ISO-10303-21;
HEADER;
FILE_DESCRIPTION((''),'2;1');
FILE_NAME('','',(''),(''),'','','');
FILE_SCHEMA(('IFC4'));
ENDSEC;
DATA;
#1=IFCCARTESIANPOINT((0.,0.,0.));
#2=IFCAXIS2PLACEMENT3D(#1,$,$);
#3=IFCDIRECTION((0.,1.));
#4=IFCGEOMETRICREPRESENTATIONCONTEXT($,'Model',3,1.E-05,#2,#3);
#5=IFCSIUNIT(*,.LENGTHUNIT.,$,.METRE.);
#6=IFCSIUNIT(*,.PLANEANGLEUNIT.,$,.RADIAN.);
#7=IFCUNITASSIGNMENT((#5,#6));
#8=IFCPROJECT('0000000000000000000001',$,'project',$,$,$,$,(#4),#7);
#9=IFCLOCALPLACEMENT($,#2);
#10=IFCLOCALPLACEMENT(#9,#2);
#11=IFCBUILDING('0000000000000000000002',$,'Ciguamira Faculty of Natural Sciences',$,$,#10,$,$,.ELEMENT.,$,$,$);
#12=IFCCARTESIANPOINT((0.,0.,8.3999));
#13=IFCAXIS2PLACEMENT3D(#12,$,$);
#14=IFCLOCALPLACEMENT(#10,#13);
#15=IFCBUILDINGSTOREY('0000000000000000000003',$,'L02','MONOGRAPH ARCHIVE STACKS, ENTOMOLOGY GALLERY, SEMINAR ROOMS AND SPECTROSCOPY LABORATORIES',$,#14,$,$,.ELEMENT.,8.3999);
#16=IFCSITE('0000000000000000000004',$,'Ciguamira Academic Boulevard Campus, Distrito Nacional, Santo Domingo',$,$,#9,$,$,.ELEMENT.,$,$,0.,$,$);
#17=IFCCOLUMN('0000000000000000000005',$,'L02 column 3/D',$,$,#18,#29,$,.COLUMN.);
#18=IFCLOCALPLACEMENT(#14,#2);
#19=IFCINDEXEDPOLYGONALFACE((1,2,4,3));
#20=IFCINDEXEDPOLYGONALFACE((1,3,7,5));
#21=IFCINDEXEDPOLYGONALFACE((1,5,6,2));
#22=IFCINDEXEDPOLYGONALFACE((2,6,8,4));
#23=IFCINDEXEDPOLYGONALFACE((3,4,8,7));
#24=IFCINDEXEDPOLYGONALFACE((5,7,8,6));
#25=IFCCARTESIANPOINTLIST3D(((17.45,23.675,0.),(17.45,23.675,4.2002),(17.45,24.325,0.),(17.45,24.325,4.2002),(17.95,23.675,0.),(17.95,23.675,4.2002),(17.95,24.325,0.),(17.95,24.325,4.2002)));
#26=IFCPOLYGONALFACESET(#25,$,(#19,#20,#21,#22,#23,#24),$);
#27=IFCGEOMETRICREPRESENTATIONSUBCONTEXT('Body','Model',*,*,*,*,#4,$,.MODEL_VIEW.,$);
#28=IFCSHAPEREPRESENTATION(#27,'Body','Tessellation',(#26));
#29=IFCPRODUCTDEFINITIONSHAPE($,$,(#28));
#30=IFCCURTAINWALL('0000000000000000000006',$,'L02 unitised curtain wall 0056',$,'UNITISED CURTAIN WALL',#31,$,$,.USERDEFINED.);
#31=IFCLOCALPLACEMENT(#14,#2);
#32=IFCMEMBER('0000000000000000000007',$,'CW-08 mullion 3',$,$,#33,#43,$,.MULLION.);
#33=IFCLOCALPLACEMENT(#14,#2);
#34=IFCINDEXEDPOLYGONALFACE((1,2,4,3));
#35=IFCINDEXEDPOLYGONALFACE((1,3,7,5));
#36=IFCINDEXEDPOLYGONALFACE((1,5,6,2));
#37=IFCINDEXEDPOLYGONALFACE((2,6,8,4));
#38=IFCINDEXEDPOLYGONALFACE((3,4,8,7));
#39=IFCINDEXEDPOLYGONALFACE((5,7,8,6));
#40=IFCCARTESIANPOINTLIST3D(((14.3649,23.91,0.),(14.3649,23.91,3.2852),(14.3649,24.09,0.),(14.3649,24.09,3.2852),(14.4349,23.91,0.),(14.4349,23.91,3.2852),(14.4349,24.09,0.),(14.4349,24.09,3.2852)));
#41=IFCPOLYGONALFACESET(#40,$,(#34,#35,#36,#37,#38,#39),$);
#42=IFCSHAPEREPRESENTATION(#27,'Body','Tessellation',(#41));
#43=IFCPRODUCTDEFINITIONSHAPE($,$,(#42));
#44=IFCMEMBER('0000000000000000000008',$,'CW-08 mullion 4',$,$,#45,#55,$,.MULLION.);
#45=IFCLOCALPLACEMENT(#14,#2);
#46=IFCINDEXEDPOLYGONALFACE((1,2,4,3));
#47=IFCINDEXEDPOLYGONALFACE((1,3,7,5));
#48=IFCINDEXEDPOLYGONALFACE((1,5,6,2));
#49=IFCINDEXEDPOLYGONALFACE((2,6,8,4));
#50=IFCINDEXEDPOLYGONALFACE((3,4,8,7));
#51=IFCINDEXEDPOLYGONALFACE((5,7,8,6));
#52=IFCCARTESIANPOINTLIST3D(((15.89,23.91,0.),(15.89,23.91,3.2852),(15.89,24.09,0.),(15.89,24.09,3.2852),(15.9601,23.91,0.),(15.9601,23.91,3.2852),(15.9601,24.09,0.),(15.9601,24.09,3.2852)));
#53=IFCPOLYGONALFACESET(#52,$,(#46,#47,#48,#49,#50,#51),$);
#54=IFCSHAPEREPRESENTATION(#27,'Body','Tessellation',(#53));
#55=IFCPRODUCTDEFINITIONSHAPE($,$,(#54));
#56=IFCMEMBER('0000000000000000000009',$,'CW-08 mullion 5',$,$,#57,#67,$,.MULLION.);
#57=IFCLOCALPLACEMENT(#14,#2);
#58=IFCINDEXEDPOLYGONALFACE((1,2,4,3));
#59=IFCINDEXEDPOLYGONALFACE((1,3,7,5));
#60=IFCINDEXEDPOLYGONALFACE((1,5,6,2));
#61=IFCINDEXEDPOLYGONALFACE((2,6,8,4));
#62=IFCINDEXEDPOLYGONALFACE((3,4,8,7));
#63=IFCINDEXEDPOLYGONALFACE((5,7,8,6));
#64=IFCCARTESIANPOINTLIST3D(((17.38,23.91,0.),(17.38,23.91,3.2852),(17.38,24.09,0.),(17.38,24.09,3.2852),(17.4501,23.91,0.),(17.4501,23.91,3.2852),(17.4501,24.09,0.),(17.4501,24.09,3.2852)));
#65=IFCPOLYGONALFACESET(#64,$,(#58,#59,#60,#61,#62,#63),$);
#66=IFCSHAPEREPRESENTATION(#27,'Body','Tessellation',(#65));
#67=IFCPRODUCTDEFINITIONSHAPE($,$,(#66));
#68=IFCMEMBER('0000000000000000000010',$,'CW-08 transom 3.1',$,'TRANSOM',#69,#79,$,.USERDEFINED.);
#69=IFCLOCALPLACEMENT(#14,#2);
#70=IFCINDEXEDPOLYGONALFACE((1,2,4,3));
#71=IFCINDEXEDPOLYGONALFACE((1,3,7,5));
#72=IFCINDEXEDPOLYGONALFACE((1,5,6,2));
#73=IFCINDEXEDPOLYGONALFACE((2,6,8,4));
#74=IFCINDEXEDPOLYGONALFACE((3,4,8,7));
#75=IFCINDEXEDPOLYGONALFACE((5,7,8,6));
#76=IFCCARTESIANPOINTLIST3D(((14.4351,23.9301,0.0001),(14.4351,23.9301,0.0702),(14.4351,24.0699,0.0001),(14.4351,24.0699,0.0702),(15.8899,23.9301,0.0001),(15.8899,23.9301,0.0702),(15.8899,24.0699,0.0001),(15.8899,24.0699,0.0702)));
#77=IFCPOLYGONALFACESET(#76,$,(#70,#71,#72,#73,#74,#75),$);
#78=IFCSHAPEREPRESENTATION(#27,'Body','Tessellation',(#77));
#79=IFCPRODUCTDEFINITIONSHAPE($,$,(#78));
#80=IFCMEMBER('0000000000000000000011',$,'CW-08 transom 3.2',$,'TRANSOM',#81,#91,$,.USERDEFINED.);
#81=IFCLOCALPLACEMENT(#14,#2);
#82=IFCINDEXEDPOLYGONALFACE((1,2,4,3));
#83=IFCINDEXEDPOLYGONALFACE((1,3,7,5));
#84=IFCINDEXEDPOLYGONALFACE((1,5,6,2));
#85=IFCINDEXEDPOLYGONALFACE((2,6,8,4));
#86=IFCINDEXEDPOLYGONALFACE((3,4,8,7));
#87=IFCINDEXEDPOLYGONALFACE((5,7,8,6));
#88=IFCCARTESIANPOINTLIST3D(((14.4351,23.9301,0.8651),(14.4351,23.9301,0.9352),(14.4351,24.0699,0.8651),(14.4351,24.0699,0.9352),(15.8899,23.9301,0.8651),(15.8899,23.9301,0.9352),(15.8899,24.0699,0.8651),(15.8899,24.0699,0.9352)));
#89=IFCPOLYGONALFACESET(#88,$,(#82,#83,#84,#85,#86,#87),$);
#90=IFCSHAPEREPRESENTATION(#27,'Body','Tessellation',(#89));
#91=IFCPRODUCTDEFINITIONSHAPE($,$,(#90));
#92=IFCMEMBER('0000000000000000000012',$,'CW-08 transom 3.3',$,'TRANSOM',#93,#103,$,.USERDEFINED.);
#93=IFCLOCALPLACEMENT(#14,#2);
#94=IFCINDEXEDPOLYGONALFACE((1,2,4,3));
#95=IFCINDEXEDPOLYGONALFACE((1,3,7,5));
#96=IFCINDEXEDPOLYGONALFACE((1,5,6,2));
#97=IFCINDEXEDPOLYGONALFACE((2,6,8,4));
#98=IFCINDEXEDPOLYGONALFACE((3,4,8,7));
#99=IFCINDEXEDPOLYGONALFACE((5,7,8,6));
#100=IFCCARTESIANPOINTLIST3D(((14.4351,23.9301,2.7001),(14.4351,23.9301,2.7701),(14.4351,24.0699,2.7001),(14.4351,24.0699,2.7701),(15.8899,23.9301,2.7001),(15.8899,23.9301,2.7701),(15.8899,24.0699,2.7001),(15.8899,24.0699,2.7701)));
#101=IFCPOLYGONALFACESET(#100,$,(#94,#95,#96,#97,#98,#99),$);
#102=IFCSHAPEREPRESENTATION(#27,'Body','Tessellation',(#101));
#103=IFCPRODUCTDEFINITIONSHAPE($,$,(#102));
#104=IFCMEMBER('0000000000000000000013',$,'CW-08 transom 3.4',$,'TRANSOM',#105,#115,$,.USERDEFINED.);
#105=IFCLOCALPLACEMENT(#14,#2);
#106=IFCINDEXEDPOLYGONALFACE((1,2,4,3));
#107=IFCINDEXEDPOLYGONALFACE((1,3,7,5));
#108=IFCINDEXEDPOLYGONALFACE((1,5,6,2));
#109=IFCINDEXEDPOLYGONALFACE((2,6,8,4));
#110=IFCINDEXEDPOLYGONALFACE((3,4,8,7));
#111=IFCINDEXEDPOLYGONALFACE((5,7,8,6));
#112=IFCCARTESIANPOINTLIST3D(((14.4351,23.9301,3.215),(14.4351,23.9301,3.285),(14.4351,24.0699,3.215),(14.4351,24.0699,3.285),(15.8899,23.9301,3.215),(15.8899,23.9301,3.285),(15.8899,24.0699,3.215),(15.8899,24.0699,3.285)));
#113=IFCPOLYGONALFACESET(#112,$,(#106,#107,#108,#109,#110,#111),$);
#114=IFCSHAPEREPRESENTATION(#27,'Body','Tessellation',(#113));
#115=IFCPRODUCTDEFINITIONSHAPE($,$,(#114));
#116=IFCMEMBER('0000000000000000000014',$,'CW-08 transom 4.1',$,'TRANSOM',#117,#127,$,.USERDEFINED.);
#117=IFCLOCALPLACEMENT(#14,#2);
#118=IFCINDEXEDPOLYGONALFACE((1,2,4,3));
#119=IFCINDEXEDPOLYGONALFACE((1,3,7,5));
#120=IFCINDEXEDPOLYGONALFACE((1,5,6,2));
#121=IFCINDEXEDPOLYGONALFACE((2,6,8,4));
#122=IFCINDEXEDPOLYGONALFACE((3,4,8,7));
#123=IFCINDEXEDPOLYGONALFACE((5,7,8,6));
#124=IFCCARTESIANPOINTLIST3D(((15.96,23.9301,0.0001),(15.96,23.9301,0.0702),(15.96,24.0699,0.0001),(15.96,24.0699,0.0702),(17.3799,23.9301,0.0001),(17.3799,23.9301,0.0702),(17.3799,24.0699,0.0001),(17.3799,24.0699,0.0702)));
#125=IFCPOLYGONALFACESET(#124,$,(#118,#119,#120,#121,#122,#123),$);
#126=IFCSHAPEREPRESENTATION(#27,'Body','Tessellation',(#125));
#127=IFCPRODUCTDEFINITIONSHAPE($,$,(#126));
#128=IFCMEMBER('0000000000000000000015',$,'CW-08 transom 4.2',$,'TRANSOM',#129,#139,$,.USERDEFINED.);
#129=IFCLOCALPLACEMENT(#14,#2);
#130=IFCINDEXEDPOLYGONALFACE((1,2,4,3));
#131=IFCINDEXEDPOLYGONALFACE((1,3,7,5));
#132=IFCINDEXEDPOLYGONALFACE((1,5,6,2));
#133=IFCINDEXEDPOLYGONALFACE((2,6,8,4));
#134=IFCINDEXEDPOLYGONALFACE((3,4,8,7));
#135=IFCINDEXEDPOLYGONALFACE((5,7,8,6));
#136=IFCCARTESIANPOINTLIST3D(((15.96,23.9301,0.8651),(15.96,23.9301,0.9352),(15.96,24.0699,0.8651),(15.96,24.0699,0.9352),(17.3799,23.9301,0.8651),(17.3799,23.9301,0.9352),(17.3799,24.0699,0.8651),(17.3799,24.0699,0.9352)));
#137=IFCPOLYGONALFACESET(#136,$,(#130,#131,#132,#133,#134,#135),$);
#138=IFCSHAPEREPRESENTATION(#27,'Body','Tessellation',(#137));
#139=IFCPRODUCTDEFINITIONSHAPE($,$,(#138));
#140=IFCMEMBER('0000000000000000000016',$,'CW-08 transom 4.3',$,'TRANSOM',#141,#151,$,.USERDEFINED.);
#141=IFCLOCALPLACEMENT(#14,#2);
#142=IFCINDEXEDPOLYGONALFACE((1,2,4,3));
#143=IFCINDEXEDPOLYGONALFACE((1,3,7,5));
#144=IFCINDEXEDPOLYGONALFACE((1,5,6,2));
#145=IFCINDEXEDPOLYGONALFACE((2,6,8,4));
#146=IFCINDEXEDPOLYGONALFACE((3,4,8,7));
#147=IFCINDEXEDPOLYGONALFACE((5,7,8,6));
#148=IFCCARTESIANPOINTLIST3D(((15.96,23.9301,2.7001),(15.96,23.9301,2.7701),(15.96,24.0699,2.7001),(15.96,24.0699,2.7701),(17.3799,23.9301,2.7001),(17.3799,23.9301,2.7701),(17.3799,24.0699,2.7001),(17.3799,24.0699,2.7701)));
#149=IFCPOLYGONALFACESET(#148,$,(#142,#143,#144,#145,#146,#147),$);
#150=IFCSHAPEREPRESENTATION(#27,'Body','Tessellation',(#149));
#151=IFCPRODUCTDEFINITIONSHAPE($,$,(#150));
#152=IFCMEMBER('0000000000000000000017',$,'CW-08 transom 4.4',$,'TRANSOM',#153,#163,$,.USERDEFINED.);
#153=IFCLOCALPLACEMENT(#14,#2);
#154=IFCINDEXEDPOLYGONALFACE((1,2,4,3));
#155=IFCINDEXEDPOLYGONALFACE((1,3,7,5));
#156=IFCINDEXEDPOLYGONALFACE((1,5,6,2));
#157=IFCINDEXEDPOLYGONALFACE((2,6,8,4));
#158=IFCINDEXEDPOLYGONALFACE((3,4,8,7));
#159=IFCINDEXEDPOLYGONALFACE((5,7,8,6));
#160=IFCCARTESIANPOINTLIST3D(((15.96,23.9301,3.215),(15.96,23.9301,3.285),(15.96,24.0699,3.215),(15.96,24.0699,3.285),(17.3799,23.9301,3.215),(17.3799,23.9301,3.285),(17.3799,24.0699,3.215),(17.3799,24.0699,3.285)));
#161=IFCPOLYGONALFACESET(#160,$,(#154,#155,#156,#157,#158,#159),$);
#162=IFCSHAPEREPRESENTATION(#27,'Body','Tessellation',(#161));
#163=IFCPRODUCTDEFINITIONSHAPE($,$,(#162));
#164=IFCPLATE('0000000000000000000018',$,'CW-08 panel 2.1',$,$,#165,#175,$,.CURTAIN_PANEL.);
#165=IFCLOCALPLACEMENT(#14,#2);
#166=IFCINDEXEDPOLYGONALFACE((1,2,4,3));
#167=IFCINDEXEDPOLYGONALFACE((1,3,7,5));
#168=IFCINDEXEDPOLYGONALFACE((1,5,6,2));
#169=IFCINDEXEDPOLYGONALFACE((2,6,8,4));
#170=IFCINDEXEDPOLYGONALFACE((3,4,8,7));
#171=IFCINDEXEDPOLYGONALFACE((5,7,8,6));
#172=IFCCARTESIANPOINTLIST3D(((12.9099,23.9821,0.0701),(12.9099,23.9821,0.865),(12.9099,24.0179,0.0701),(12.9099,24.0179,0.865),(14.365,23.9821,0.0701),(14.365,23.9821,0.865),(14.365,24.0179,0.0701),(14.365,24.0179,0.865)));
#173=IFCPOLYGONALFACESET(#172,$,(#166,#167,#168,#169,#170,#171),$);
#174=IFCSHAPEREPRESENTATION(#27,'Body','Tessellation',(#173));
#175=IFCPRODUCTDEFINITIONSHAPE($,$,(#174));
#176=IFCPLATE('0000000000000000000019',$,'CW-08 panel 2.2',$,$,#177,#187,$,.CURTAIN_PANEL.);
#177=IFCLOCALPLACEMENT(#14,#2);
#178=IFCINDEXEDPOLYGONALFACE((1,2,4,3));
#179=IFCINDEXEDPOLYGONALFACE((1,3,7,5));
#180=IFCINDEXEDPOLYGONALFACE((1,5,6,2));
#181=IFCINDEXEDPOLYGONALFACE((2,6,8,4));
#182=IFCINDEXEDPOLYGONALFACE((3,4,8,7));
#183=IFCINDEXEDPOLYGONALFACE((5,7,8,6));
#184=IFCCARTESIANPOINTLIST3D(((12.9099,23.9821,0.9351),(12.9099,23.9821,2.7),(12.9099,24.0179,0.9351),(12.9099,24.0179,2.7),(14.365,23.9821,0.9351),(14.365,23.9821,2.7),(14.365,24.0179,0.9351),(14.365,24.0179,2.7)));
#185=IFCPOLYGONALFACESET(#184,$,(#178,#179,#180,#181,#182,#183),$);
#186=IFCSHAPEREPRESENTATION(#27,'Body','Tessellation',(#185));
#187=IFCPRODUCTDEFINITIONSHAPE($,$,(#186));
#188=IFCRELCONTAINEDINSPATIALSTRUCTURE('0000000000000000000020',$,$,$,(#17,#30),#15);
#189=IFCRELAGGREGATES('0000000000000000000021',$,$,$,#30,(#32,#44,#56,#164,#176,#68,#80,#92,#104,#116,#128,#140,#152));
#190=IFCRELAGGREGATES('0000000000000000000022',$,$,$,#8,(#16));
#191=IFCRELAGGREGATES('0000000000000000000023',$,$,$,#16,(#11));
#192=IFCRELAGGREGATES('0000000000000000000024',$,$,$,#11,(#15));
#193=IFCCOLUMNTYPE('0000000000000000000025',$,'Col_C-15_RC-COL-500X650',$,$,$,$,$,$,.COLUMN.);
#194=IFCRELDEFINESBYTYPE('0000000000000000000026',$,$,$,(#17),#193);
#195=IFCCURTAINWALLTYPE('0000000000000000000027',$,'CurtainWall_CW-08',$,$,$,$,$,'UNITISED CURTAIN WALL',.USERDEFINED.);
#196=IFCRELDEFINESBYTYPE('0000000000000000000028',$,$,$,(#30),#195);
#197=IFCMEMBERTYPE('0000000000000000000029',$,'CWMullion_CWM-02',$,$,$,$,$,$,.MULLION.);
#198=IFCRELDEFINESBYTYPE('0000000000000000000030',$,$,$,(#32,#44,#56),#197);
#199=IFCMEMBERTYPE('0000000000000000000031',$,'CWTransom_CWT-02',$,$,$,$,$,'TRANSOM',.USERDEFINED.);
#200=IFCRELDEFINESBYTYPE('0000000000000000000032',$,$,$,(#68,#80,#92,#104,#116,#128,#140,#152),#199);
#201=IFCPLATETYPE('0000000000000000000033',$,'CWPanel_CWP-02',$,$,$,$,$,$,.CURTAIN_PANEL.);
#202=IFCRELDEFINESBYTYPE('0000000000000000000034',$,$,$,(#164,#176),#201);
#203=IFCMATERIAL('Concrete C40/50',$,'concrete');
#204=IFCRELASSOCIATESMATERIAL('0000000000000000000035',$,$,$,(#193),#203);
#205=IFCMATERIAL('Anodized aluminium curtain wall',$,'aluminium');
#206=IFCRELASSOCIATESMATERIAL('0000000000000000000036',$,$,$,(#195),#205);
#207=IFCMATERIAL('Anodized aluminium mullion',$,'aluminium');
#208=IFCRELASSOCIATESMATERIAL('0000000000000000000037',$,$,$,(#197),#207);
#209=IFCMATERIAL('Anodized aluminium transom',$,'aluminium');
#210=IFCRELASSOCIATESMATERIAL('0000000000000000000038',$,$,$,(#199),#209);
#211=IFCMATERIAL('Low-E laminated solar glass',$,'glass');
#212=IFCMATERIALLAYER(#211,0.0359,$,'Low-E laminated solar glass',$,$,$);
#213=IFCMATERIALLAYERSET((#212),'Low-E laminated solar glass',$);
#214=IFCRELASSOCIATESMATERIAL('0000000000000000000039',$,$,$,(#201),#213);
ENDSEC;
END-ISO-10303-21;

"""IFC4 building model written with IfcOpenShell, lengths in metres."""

from ifc_helpers import new_model, si_unit, direction, frame, origin, origin_2d, place, context, subcontext, project, spatial, rectangle, extrude, material, layer, layer_set, material_profile, profile_set, type_object, element, aggregate, save


model = new_model("IFC4")

# Units and contexts
model_context = context("Model", 3, precision=1e-05, world=origin(), true_north=direction((0.0, 1.0)))
body_context = subcontext(model_context, "Body", "Model", "MODEL_VIEW")
ifc_project = project(units=[si_unit("LENGTHUNIT", "METRE"), si_unit("PLANEANGLEUNIT", "RADIAN")], contexts=[model_context])

# Site, building, storey
site_placement = place(None, origin())
site = spatial("IfcSite", under=ifc_project, at=site_placement, Name="Ciguamira Academic Boulevard Campus, Distrito Nacional, Santo Domingo", CompositionType="ELEMENT", RefElevation=0.0)
building_placement = place(site_placement, origin())
building = spatial("IfcBuilding", under=site, at=building_placement, Name="Ciguamira Faculty of Natural Sciences", CompositionType="ELEMENT")
storey_placement = place(building_placement, frame((0.0, 0.0, 8.3999)))
storey = spatial("IfcBuildingStorey", under=building, at=storey_placement, Name="L02", Description="MONOGRAPH ARCHIVE STACKS, ENTOMOLOGY GALLERY, SEMINAR ROOMS AND SPECTROSCOPY LABORATORIES", CompositionType="ELEMENT", Elevation=8.3999)

# Column
ifc_material_1 = material(Name="Concrete C40/50", Category="concrete")
ifc_material_profile_1 = material_profile(ifc_material_1, rectangle(XDim=0.5, YDim=0.6499, at=origin_2d()), Name="RC-COL-500X650")
ifc_profile_set_1 = profile_set([ifc_material_profile_1], Name="Concrete C40/50")
column_type = type_object("IfcColumnType", Name="Col_C-15_RC-COL-500X650", PredefinedType="COLUMN", material=ifc_profile_set_1)
column_placement = place(storey_placement, frame((17.7, 24.0, 0.0), z_axis=(0.0, 0.0, 1.0), x_axis=(1.0, 0.0, 0.0)))
element("IfcColumn", 1, at=column_placement, inside=storey, type_object=column_type, Name="L02 column 3/D", PredefinedType="COLUMN", context=body_context, shape_type="SweptSolid", body=[
    extrude(rectangle(XDim=0.5, YDim=0.6499, at=origin_2d()), origin(), (0.0, 0.0, 1.0), 4.2002),
])

# Curtain wall, members, plates
ifc_material_2 = material(Name="Anodized aluminium curtain wall", Category="aluminium")
curtain_wall_type = type_object("IfcCurtainWallType", Name="CurtainWall_CW-08", ElementType="UNITISED CURTAIN WALL", PredefinedType="USERDEFINED", material=ifc_material_2)
curtain_wall_placement = place(storey_placement, origin())
curtain_wall = element("IfcCurtainWall", 2, at=curtain_wall_placement, inside=storey, type_object=curtain_wall_type, Name="L02 unitised curtain wall 0056", ObjectType="UNITISED CURTAIN WALL", PredefinedType="USERDEFINED")
ifc_material_3 = material(Name="Anodized aluminium mullion", Category="aluminium")
ifc_material_profile_2 = material_profile(ifc_material_3, rectangle(XDim=0.0701, YDim=0.1799, at=origin_2d()), Name="ALU-MUL-70X180")
ifc_profile_set_2 = profile_set([ifc_material_profile_2], Name="Anodized aluminium mullion")
member_type_1 = type_object("IfcMemberType", Name="CWMullion_CWM-02", PredefinedType="MULLION", material=ifc_profile_set_2)
member_1_placement = place(storey_placement, frame((14.3999, 24.0, 0.0), z_axis=(0.0, 0.0, 1.0), x_axis=(1.0, 0.0, 0.0)))
member_1 = element("IfcMember", 3, at=member_1_placement, type_object=member_type_1, Name="CW-08 mullion 3", PredefinedType="MULLION", context=body_context, shape_type="SweptSolid", body=[
    extrude(rectangle(XDim=0.0701, YDim=0.1799, at=origin_2d()), origin(), (0.0, 0.0, 1.0), 3.2852),
])
member_2_placement = place(storey_placement, frame((15.925, 24.0, 0.0), z_axis=(0.0, 0.0, 1.0), x_axis=(1.0, 0.0, 0.0)))
member_2 = element("IfcMember", 4, at=member_2_placement, type_object=member_type_1, Name="CW-08 mullion 4", PredefinedType="MULLION", context=body_context, shape_type="SweptSolid", body=[
    extrude(rectangle(XDim=0.0701, YDim=0.1799, at=origin_2d()), origin(), (0.0, 0.0, 1.0), 3.2852),
])
member_3_placement = place(storey_placement, frame((17.415, 24.0, 0.0), z_axis=(0.0, 0.0, 1.0), x_axis=(1.0, 0.0, 0.0)))
member_3 = element("IfcMember", 5, at=member_3_placement, type_object=member_type_1, Name="CW-08 mullion 5", PredefinedType="MULLION", context=body_context, shape_type="SweptSolid", body=[
    extrude(rectangle(XDim=0.0701, YDim=0.1799, at=origin_2d()), origin(), (0.0, 0.0, 1.0), 3.2852),
])
ifc_material_4 = material(Name="Anodized aluminium transom", Category="aluminium")
ifc_material_profile_3 = material_profile(ifc_material_4, rectangle(XDim=0.0701, YDim=0.1399, at=origin_2d()), Name="ALU-TRN-70X140")
ifc_profile_set_3 = profile_set([ifc_material_profile_3], Name="Anodized aluminium transom")
member_type_2 = type_object("IfcMemberType", Name="CWTransom_CWT-02", ElementType="TRANSOM", PredefinedType="USERDEFINED", material=ifc_profile_set_3)
member_4_placement = place(storey_placement, frame((14.4351, 24.0, 0.0352), z_axis=(1.0, 0.0, 0.0), x_axis=(0.0, 0.0, 1.0)))
member_4 = element("IfcMember", 6, at=member_4_placement, type_object=member_type_2, Name="CW-08 transom 3.1", ObjectType="TRANSOM", PredefinedType="USERDEFINED", context=body_context, shape_type="SweptSolid", body=[
    extrude(rectangle(XDim=0.0701, YDim=0.1399, at=origin_2d()), origin(), (0.0, 0.0, 1.0), 1.4548),
])
member_5_placement = place(storey_placement, frame((14.4351, 24.0, 0.9001), z_axis=(1.0, 0.0, 0.0), x_axis=(0.0, 0.0, 1.0)))
member_5 = element("IfcMember", 7, at=member_5_placement, type_object=member_type_2, Name="CW-08 transom 3.2", ObjectType="TRANSOM", PredefinedType="USERDEFINED", context=body_context, shape_type="SweptSolid", body=[
    extrude(rectangle(XDim=0.0701, YDim=0.1399, at=origin_2d()), origin(), (0.0, 0.0, 1.0), 1.4548),
])
member_6_placement = place(storey_placement, frame((14.4351, 24.0, 2.7351), z_axis=(1.0, 0.0, 0.0), x_axis=(0.0, 0.0, 1.0)))
member_6 = element("IfcMember", 8, at=member_6_placement, type_object=member_type_2, Name="CW-08 transom 3.3", ObjectType="TRANSOM", PredefinedType="USERDEFINED", context=body_context, shape_type="SweptSolid", body=[
    extrude(rectangle(XDim=0.0701, YDim=0.1399, at=origin_2d()), origin(), (0.0, 0.0, 1.0), 1.4548),
])
member_7_placement = place(storey_placement, frame((14.4351, 24.0, 3.25), z_axis=(1.0, 0.0, 0.0), x_axis=(0.0, 0.0, 1.0)))
member_7 = element("IfcMember", 9, at=member_7_placement, type_object=member_type_2, Name="CW-08 transom 3.4", ObjectType="TRANSOM", PredefinedType="USERDEFINED", context=body_context, shape_type="SweptSolid", body=[
    extrude(rectangle(XDim=0.0701, YDim=0.1399, at=origin_2d()), origin(), (0.0, 0.0, 1.0), 1.4548),
])
member_8_placement = place(storey_placement, frame((15.96, 24.0, 0.0352), z_axis=(1.0, 0.0, 0.0), x_axis=(0.0, 0.0, 1.0)))
member_8 = element("IfcMember", 10, at=member_8_placement, type_object=member_type_2, Name="CW-08 transom 4.1", ObjectType="TRANSOM", PredefinedType="USERDEFINED", context=body_context, shape_type="SweptSolid", body=[
    extrude(rectangle(XDim=0.0701, YDim=0.1399, at=origin_2d()), origin(), (0.0, 0.0, 1.0), 1.4199),
])
member_9_placement = place(storey_placement, frame((15.96, 24.0, 0.9001), z_axis=(1.0, 0.0, 0.0), x_axis=(0.0, 0.0, 1.0)))
member_9 = element("IfcMember", 11, at=member_9_placement, type_object=member_type_2, Name="CW-08 transom 4.2", ObjectType="TRANSOM", PredefinedType="USERDEFINED", context=body_context, shape_type="SweptSolid", body=[
    extrude(rectangle(XDim=0.0701, YDim=0.1399, at=origin_2d()), origin(), (0.0, 0.0, 1.0), 1.4199),
])
member_10_placement = place(storey_placement, frame((15.96, 24.0, 2.7351), z_axis=(1.0, 0.0, 0.0), x_axis=(0.0, 0.0, 1.0)))
member_10 = element("IfcMember", 12, at=member_10_placement, type_object=member_type_2, Name="CW-08 transom 4.3", ObjectType="TRANSOM", PredefinedType="USERDEFINED", context=body_context, shape_type="SweptSolid", body=[
    extrude(rectangle(XDim=0.0701, YDim=0.1399, at=origin_2d()), origin(), (0.0, 0.0, 1.0), 1.4199),
])
member_11_placement = place(storey_placement, frame((15.96, 24.0, 3.25), z_axis=(1.0, 0.0, 0.0), x_axis=(0.0, 0.0, 1.0)))
member_11 = element("IfcMember", 13, at=member_11_placement, type_object=member_type_2, Name="CW-08 transom 4.4", ObjectType="TRANSOM", PredefinedType="USERDEFINED", context=body_context, shape_type="SweptSolid", body=[
    extrude(rectangle(XDim=0.0701, YDim=0.1399, at=origin_2d()), origin(), (0.0, 0.0, 1.0), 1.4199),
])
ifc_material_5 = material(Name="Low-E laminated solar glass", Category="glass")
ifc_layer_1 = layer(ifc_material_5, 0.0359, Name="Low-E laminated solar glass")
ifc_layer_set_1 = layer_set([ifc_layer_1], Name="Low-E laminated solar glass")
plate_type = type_object("IfcPlateType", Name="CWPanel_CWP-02", PredefinedType="CURTAIN_PANEL", material=ifc_layer_set_1)
plate_1_placement = place(storey_placement, frame((13.6375, 24.0, 0.0701), z_axis=(0.0, 0.0, 1.0), x_axis=(1.0, 0.0, 0.0)))
plate_1 = element("IfcPlate", 14, at=plate_1_placement, type_object=plate_type, Name="CW-08 panel 2.1", PredefinedType="CURTAIN_PANEL", context=body_context, shape_type="SweptSolid", body=[
    extrude(rectangle(XDim=1.4551, YDim=0.0359, at=origin_2d()), origin(), (0.0, 0.0, 1.0), 0.7949),
])
plate_2_placement = place(storey_placement, frame((13.6375, 24.0, 0.9351), z_axis=(0.0, 0.0, 1.0), x_axis=(1.0, 0.0, 0.0)))
plate_2 = element("IfcPlate", 15, at=plate_2_placement, type_object=plate_type, Name="CW-08 panel 2.2", PredefinedType="CURTAIN_PANEL", context=body_context, shape_type="SweptSolid", body=[
    extrude(rectangle(XDim=1.4551, YDim=0.0359, at=origin_2d()), origin(), (0.0, 0.0, 1.0), 1.7649),
])
aggregate(curtain_wall, [member_1, member_2, member_3, plate_1, plate_2, member_4, member_5, member_6, member_7, member_8, member_9, member_10, member_11])

save(model, "model.ifc")
